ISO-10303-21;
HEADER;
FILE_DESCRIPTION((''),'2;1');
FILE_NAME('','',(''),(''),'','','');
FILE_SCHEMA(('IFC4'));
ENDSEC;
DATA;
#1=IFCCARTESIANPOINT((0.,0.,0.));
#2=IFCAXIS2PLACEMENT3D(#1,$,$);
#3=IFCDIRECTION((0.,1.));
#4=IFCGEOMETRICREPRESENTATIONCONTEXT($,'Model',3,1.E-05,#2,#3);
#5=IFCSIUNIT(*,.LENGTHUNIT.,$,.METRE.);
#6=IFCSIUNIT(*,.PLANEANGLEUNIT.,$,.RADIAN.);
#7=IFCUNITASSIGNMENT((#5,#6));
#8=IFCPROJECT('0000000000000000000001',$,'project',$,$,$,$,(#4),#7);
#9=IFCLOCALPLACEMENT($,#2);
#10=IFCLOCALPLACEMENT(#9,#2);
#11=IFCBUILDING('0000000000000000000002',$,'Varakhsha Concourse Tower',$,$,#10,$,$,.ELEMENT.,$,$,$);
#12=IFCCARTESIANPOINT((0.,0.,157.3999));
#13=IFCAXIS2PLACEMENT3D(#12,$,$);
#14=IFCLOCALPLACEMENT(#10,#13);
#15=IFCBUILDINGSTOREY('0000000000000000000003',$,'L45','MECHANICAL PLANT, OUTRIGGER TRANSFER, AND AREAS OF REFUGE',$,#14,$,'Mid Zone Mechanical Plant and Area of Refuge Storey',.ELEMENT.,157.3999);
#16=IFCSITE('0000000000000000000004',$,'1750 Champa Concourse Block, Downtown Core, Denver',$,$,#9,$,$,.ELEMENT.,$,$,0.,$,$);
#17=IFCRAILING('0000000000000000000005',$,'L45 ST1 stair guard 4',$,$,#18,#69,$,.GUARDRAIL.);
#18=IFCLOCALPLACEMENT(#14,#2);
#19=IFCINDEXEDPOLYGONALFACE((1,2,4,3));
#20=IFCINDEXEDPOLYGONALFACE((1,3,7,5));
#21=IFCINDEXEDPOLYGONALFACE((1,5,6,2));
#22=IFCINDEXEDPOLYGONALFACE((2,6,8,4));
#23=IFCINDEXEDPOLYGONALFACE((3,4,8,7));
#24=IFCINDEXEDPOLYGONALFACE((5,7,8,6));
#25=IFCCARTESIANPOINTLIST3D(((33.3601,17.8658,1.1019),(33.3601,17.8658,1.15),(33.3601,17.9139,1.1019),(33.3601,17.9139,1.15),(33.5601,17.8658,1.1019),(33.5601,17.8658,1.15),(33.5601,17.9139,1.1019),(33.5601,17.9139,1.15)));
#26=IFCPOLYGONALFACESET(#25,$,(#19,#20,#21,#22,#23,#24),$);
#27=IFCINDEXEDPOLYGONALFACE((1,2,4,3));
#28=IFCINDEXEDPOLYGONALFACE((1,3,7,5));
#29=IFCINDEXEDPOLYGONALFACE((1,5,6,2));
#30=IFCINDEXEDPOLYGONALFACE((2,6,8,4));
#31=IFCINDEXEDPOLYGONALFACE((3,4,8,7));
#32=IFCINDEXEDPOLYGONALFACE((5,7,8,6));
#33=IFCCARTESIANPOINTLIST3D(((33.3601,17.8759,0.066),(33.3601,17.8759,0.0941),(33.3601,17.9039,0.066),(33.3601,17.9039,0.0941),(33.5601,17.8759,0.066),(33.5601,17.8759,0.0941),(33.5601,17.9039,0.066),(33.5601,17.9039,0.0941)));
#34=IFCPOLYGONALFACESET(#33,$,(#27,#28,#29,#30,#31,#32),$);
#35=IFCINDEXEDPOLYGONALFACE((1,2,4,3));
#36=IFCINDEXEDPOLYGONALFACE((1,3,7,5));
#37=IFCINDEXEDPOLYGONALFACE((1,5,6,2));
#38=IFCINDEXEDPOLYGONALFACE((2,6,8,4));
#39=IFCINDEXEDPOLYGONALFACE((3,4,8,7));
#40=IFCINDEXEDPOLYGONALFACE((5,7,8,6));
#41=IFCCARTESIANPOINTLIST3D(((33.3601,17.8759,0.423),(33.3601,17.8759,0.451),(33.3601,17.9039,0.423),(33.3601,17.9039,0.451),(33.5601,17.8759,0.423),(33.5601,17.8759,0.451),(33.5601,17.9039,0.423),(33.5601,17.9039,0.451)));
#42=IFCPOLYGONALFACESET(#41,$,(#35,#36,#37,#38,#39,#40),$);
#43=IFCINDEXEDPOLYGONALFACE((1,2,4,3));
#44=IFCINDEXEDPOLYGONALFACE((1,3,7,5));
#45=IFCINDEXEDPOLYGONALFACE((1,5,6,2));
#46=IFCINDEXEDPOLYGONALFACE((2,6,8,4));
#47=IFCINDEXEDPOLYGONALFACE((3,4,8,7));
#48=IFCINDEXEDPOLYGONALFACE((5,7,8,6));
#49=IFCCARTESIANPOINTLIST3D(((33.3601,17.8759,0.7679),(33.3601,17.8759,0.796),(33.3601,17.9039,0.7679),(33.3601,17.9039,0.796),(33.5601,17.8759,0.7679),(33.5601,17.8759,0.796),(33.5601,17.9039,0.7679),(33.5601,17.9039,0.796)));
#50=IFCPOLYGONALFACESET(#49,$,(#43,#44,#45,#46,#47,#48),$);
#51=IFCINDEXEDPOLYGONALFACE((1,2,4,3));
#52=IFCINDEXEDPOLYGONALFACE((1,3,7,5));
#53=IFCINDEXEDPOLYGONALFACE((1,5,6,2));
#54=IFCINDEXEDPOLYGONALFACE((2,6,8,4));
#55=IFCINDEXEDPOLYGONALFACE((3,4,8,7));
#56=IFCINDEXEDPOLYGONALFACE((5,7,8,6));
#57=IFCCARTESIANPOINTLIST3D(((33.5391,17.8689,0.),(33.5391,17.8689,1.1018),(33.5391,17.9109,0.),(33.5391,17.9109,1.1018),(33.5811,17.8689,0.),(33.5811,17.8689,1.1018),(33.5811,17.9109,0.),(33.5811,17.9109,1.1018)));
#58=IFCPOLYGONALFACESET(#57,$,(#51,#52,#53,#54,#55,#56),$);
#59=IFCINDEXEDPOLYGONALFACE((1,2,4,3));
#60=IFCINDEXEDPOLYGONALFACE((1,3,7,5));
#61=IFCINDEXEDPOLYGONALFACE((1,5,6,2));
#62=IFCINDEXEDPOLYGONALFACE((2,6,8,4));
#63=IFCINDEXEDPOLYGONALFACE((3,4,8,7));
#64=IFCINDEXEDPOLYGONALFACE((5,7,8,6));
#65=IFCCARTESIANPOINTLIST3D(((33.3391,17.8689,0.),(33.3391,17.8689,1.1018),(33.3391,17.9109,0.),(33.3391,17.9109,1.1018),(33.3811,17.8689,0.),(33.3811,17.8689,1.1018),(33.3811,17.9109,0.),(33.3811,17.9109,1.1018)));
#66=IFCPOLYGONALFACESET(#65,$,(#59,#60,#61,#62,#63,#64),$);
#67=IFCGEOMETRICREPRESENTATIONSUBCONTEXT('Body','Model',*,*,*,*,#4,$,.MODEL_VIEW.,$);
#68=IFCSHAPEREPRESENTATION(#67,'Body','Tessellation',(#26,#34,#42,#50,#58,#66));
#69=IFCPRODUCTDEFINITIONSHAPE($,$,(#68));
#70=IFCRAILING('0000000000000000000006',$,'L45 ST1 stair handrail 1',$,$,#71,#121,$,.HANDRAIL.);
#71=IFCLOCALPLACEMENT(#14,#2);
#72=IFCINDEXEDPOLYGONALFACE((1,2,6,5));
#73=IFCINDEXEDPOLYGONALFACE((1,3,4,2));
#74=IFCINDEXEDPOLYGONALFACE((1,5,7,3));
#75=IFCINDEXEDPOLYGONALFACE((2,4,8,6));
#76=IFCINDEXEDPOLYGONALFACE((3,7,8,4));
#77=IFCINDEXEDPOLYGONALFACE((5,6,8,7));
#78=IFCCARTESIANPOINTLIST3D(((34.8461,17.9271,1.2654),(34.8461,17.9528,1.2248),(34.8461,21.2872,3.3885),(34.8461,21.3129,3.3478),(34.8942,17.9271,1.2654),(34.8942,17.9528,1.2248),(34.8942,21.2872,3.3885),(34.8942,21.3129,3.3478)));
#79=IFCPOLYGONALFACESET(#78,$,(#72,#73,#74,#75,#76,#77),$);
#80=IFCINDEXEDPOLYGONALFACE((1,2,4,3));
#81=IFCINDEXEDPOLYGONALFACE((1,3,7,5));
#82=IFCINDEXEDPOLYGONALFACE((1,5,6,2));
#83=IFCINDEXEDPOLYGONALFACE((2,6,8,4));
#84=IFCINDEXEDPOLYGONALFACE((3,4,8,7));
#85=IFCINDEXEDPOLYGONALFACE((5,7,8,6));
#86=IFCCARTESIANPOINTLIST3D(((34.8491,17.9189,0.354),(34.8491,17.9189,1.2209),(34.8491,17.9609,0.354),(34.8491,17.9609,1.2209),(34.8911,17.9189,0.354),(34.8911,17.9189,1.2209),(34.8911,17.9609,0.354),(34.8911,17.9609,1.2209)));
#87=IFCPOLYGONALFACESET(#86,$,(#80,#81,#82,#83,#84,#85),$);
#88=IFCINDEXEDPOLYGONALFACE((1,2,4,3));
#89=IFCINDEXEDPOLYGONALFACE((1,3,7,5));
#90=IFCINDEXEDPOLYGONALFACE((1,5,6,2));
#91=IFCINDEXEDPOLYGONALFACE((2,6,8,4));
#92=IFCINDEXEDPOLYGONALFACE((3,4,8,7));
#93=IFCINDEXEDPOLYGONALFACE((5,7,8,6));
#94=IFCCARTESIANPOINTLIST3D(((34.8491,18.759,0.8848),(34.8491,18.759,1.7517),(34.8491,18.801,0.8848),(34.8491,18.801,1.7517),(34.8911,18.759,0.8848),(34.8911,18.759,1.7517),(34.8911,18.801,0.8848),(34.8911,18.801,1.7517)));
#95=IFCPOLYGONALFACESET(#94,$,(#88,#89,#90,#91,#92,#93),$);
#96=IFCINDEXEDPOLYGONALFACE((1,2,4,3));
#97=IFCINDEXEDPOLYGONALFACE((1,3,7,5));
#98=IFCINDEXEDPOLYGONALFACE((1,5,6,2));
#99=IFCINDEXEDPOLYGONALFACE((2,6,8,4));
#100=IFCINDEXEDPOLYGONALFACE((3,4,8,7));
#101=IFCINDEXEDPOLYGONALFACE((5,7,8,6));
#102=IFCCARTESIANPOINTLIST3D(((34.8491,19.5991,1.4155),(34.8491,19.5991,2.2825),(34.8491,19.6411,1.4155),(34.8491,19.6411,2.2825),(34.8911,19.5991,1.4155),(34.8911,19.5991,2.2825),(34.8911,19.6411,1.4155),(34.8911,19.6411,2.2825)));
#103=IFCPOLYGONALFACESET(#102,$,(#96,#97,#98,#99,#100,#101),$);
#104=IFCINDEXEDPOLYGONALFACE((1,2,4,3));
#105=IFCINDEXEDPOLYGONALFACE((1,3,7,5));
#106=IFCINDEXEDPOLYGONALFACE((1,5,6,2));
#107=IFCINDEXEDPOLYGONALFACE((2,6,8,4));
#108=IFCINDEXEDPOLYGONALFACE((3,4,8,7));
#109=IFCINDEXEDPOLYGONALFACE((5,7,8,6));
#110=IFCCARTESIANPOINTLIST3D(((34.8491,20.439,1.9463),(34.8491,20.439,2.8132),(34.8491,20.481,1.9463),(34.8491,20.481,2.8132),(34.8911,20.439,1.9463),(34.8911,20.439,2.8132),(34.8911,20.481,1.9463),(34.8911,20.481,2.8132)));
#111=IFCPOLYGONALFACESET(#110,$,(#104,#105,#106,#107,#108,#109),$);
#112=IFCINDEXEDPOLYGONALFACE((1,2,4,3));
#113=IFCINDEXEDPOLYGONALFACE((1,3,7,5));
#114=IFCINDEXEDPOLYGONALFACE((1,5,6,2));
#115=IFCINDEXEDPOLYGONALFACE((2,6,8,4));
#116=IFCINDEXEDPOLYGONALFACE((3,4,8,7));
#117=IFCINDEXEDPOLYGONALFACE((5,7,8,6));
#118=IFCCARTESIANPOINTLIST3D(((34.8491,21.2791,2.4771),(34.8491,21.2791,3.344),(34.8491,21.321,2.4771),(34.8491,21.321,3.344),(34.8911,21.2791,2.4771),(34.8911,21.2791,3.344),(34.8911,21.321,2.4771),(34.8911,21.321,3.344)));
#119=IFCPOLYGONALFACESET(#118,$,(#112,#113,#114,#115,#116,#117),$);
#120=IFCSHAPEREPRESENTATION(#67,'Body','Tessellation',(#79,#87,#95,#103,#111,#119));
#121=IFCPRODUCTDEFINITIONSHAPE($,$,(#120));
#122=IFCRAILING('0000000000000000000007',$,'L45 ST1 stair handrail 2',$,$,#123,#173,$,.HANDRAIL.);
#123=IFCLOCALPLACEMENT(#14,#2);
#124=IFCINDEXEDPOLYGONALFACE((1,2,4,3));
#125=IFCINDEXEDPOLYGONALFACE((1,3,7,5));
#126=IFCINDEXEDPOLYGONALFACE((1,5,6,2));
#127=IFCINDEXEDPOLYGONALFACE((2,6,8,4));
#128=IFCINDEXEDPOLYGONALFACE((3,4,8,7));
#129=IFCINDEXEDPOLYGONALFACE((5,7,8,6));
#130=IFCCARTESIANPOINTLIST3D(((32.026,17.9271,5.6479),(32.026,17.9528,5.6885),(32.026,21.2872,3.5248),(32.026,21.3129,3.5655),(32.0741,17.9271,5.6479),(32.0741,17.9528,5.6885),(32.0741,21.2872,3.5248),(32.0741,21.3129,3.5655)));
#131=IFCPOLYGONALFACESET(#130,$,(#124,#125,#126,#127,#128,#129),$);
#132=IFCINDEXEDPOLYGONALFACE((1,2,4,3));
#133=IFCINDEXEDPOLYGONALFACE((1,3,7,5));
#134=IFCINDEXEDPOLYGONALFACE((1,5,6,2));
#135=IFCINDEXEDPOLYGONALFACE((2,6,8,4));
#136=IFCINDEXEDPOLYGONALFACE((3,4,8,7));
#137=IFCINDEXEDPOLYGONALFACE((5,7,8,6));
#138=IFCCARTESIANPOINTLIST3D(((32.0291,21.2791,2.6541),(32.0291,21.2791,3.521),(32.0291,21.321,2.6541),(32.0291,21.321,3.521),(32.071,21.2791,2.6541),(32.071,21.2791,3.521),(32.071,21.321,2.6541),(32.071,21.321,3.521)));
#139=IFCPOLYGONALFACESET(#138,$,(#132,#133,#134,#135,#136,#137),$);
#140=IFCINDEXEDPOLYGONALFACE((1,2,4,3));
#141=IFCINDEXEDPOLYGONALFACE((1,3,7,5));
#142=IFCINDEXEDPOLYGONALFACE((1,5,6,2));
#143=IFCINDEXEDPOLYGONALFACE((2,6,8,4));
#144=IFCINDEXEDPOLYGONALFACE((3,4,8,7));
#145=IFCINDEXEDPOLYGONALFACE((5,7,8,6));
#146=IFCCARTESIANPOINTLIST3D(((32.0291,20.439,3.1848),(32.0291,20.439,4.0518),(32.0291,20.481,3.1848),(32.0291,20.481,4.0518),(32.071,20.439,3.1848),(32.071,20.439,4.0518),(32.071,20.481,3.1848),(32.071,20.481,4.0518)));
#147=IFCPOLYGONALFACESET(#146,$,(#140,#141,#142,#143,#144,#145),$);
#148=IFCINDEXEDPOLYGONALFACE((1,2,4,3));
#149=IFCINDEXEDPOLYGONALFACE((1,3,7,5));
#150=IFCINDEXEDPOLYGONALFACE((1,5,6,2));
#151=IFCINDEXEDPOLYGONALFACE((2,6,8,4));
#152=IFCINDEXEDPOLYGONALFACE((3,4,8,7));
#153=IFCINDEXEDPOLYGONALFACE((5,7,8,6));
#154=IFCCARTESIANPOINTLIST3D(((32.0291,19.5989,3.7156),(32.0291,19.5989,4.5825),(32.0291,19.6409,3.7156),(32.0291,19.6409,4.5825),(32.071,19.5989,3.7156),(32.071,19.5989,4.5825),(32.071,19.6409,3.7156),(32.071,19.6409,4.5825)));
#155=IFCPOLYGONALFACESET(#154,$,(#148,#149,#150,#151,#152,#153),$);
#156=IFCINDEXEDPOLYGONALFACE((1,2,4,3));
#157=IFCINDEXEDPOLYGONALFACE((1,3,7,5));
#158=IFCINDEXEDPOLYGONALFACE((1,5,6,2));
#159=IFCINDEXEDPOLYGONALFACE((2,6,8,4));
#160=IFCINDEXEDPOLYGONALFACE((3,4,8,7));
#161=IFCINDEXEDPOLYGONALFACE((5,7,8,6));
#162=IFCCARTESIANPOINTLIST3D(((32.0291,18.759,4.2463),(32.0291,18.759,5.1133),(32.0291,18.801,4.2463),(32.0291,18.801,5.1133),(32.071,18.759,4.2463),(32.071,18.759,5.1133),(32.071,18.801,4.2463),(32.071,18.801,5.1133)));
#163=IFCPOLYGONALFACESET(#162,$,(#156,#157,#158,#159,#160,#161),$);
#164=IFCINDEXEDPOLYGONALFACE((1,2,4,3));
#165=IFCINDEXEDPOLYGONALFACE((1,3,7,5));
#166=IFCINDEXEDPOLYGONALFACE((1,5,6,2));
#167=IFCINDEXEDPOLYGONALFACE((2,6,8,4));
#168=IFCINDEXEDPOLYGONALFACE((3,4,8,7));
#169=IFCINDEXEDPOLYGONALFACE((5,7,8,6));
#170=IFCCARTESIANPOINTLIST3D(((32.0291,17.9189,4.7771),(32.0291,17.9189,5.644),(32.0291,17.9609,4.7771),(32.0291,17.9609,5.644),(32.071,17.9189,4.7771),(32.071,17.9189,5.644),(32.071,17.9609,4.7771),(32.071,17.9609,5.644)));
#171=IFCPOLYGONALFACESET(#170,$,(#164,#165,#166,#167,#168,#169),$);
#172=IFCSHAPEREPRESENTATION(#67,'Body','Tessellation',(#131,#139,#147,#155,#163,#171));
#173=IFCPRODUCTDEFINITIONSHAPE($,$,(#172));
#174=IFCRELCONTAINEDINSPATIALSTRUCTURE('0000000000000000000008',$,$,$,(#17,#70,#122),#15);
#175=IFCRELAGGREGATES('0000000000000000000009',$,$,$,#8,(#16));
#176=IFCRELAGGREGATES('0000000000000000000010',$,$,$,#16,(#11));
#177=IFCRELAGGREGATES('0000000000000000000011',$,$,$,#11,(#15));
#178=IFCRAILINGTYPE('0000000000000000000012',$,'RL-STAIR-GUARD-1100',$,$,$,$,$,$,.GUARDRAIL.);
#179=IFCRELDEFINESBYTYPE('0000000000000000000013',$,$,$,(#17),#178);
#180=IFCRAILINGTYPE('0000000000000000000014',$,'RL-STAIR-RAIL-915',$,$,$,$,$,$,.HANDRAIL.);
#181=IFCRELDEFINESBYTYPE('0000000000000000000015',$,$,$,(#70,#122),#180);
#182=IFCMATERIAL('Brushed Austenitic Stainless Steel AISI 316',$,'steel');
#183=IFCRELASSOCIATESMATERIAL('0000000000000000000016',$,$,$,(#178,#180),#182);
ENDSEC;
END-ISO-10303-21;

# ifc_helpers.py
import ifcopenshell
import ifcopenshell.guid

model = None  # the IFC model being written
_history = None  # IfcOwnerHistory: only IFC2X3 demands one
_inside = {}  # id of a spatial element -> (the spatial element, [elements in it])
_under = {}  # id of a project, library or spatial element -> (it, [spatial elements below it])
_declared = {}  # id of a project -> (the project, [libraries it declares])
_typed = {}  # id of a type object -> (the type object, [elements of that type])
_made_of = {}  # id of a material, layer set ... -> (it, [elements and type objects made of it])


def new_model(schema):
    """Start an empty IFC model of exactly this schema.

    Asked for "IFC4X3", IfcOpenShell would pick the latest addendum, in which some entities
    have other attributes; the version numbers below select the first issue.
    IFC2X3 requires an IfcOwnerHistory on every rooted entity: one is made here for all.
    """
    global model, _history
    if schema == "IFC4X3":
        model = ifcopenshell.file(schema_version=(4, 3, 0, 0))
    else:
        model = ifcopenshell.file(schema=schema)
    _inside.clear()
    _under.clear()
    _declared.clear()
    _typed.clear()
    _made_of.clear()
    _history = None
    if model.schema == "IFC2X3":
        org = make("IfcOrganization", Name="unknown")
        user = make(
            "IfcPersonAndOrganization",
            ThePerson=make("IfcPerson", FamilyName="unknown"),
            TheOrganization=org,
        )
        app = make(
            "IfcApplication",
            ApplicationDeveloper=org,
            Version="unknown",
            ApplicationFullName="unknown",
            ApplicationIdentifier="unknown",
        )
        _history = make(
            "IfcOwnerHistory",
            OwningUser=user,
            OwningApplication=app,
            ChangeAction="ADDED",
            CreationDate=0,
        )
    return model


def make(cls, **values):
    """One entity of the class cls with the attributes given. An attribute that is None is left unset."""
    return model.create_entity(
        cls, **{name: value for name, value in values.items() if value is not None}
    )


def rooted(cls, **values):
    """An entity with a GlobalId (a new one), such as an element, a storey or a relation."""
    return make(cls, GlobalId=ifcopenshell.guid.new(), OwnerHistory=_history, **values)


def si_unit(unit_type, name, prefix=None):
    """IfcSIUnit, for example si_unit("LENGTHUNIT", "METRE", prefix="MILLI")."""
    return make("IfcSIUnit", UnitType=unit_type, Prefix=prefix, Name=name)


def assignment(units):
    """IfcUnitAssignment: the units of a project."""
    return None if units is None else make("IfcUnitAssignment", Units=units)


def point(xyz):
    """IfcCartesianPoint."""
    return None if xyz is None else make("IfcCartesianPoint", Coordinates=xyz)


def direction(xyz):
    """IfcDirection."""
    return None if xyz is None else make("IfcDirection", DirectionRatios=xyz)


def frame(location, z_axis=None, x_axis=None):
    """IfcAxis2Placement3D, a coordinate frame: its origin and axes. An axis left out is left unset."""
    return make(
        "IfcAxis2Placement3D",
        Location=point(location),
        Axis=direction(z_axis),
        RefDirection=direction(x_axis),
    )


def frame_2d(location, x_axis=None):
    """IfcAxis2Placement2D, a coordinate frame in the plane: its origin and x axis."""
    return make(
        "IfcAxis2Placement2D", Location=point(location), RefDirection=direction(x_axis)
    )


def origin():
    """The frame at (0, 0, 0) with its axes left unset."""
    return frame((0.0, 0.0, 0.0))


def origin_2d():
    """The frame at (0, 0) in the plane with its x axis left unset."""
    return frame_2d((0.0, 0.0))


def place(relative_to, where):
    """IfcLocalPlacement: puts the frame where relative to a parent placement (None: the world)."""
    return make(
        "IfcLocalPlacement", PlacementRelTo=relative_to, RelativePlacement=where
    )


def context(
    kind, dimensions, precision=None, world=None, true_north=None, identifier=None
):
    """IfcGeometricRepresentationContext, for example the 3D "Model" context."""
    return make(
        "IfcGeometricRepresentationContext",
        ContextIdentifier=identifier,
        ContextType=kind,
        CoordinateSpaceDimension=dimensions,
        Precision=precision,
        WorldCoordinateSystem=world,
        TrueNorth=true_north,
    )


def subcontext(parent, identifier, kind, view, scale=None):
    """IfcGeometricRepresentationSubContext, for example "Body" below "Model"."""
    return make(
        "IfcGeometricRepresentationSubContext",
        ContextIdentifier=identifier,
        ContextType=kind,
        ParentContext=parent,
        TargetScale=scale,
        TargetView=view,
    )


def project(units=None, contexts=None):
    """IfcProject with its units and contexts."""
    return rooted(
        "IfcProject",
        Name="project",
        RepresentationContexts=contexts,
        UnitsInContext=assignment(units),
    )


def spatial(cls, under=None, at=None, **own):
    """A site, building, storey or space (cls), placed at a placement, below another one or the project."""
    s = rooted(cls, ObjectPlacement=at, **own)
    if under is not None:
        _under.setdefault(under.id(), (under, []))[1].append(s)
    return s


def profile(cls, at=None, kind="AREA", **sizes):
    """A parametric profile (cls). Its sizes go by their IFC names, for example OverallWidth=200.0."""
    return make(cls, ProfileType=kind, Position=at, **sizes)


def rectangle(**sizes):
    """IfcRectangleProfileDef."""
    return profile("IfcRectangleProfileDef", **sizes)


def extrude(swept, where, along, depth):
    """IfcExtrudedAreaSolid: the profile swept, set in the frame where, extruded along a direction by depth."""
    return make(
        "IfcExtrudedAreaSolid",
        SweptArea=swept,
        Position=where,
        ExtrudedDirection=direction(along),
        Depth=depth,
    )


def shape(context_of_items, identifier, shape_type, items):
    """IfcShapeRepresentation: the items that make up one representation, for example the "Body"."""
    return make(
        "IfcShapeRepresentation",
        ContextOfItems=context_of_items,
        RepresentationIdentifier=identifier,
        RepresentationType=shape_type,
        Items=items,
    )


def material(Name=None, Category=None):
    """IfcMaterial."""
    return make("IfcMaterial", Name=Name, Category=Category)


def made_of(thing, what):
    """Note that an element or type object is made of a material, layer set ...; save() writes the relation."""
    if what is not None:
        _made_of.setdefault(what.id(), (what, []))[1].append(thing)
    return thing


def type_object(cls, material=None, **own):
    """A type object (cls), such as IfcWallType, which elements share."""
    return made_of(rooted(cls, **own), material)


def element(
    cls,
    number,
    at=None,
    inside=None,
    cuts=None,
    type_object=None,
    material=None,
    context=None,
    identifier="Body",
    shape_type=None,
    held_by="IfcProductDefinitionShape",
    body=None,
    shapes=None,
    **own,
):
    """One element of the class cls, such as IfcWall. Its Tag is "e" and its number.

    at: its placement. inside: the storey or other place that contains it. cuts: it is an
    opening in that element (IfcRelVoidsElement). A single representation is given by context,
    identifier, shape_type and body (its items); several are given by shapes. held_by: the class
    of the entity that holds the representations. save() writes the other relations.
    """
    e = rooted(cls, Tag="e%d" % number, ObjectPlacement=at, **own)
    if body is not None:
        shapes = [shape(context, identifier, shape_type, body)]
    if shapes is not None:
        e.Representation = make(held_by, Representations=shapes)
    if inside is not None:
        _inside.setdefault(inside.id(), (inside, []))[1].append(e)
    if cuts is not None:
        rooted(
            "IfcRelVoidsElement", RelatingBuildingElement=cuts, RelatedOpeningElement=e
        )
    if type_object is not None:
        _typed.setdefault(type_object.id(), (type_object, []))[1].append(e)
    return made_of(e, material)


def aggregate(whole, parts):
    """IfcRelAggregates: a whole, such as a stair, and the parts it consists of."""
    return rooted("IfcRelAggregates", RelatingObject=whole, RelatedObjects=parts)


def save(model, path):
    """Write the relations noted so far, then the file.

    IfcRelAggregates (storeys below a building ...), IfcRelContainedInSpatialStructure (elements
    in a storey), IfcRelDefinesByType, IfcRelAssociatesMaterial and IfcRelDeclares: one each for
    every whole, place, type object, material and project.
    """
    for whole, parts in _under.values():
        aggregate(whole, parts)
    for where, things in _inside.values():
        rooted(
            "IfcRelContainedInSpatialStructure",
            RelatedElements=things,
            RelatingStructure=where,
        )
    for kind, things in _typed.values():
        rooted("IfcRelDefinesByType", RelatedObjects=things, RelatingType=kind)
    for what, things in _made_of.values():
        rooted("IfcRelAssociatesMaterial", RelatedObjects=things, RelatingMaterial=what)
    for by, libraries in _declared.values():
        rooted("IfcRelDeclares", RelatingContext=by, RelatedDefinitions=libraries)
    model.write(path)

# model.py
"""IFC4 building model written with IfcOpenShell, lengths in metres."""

from ifc_helpers import new_model, si_unit, direction, frame, origin, origin_2d, place, context, subcontext, project, spatial, rectangle, extrude, material, type_object, element, save


model = new_model("IFC4")

# Units and contexts
model_context = context("Model", 3, precision=1e-05, world=origin(), true_north=direction((0.0, 1.0)))
body_context = subcontext(model_context, "Body", "Model", "MODEL_VIEW")
ifc_project = project(units=[si_unit("LENGTHUNIT", "METRE"), si_unit("PLANEANGLEUNIT", "RADIAN")], contexts=[model_context])

# Site, building, storey
site_placement = place(None, origin())
site = spatial("IfcSite", under=ifc_project, at=site_placement, Name="1750 Champa Concourse Block, Downtown Core, Denver", CompositionType="ELEMENT", RefElevation=0.0)
building_placement = place(site_placement, origin())
building = spatial("IfcBuilding", under=site, at=building_placement, Name="Varakhsha Concourse Tower", CompositionType="ELEMENT")
storey_placement = place(building_placement, frame((0.0, 0.0, 157.3999)))
storey = spatial("IfcBuildingStorey", under=building, at=storey_placement, Name="L45", Description="MECHANICAL PLANT, OUTRIGGER TRANSFER, AND AREAS OF REFUGE", LongName="Mid Zone Mechanical Plant and Area of Refuge Storey", CompositionType="ELEMENT", Elevation=157.3999)

# Railings
ifc_material_1 = material(Name="Brushed Austenitic Stainless Steel AISI 316", Category="steel")
railing_type_1 = type_object("IfcRailingType", Name="RL-STAIR-GUARD-1100", PredefinedType="GUARDRAIL", material=ifc_material_1)
railing_1_placement = place(storey_placement, frame((33.5601, 17.8899, 0.0)))
element("IfcRailing", 1, at=railing_1_placement, inside=storey, type_object=railing_type_1, Name="L45 ST1 stair guard 4", PredefinedType="GUARDRAIL", context=body_context, shape_type="SweptSolid", body=[
    extrude(rectangle(XDim=0.0481, YDim=0.0481, at=origin_2d()), frame((0.0, 0.0, 1.126), z_axis=(-1.0, 0.0, 0.0), x_axis=(0.0, -1.0, 0.0)), (0.0, 0.0, 1.0), 0.2),
    extrude(rectangle(XDim=0.0281, YDim=0.0281, at=origin_2d()), frame((0.0, 0.0, 0.0801), z_axis=(-1.0, 0.0, 0.0), x_axis=(0.0, -1.0, 0.0)), (0.0, 0.0, 1.0), 0.2),
    extrude(rectangle(XDim=0.0281, YDim=0.0281, at=origin_2d()), frame((0.0, 0.0, 0.437), z_axis=(-1.0, 0.0, 0.0), x_axis=(0.0, -1.0, 0.0)), (0.0, 0.0, 1.0), 0.2),
    extrude(rectangle(XDim=0.0281, YDim=0.0281, at=origin_2d()), frame((0.0, 0.0, 0.782), z_axis=(-1.0, 0.0, 0.0), x_axis=(0.0, -1.0, 0.0)), (0.0, 0.0, 1.0), 0.2),
    extrude(rectangle(XDim=0.042, YDim=0.042, at=origin_2d()), origin(), (0.0, 0.0, 1.0), 1.1018),
    extrude(rectangle(XDim=0.042, YDim=0.042, at=origin_2d()), frame((-0.2, 0.0, 0.0)), (0.0, 0.0, 1.0), 1.1018),
])
railing_type_2 = type_object("IfcRailingType", Name="RL-STAIR-RAIL-915", PredefinedType="HANDRAIL", material=ifc_material_1)
railing_2_placement = place(storey_placement, frame((34.8701, 17.9399, 0.354)))
element("IfcRailing", 2, at=railing_2_placement, inside=storey, type_object=railing_type_2, Name="L45 ST1 stair handrail 1", PredefinedType="HANDRAIL", context=body_context, shape_type="SweptSolid", body=[
    extrude(rectangle(XDim=0.0481, YDim=0.0481, at=origin_2d()), frame((0.0, 0.0, 0.8911), z_axis=(0.0, 0.84539, 0.53415), x_axis=(-1.0, 0.0, 0.0)), (0.0, 0.0, 1.0), 3.9746),
    extrude(rectangle(XDim=0.042, YDim=0.042, at=origin_2d()), origin(), (0.0, 0.0, 1.0), 0.8669),
    extrude(rectangle(XDim=0.042, YDim=0.042, at=origin_2d()), frame((0.0, 0.8401, 0.5308)), (0.0, 0.0, 1.0), 0.8669),
    extrude(rectangle(XDim=0.042, YDim=0.042, at=origin_2d()), frame((0.0, 1.6802, 1.0615)), (0.0, 0.0, 1.0), 0.8669),
    extrude(rectangle(XDim=0.042, YDim=0.042, at=origin_2d()), frame((0.0, 2.52, 1.5923)), (0.0, 0.0, 1.0), 0.8669),
    extrude(rectangle(XDim=0.042, YDim=0.042, at=origin_2d()), frame((0.0, 3.3601, 2.123)), (0.0, 0.0, 1.0), 0.8669),
])
railing_3_placement = place(storey_placement, frame((32.05, 21.3, 2.6541)))
element("IfcRailing", 3, at=railing_3_placement, inside=storey, type_object=railing_type_2, Name="L45 ST1 stair handrail 2", PredefinedType="HANDRAIL", context=body_context, shape_type="SweptSolid", body=[
    extrude(rectangle(XDim=0.0481, YDim=0.0481, at=origin_2d()), frame((0.0, 0.0, 0.8911), z_axis=(0.0, -0.84539, 0.53415), x_axis=(1.0, 0.0, 0.0)), (0.0, 0.0, 1.0), 3.9746),
    extrude(rectangle(XDim=0.042, YDim=0.042, at=origin_2d()), origin(), (0.0, 0.0, 1.0), 0.8669),
    extrude(rectangle(XDim=0.042, YDim=0.042, at=origin_2d()), frame((0.0, -0.8401, 0.5308)), (0.0, 0.0, 1.0), 0.8669),
    extrude(rectangle(XDim=0.042, YDim=0.042, at=origin_2d()), frame((0.0, -1.6802, 1.0615)), (0.0, 0.0, 1.0), 0.8669),
    extrude(rectangle(XDim=0.042, YDim=0.042, at=origin_2d()), frame((0.0, -2.52, 1.5923)), (0.0, 0.0, 1.0), 0.8669),
    extrude(rectangle(XDim=0.042, YDim=0.042, at=origin_2d()), frame((0.0, -3.3601, 2.123)), (0.0, 0.0, 1.0), 0.8669),
])

save(model, "model.ifc")
